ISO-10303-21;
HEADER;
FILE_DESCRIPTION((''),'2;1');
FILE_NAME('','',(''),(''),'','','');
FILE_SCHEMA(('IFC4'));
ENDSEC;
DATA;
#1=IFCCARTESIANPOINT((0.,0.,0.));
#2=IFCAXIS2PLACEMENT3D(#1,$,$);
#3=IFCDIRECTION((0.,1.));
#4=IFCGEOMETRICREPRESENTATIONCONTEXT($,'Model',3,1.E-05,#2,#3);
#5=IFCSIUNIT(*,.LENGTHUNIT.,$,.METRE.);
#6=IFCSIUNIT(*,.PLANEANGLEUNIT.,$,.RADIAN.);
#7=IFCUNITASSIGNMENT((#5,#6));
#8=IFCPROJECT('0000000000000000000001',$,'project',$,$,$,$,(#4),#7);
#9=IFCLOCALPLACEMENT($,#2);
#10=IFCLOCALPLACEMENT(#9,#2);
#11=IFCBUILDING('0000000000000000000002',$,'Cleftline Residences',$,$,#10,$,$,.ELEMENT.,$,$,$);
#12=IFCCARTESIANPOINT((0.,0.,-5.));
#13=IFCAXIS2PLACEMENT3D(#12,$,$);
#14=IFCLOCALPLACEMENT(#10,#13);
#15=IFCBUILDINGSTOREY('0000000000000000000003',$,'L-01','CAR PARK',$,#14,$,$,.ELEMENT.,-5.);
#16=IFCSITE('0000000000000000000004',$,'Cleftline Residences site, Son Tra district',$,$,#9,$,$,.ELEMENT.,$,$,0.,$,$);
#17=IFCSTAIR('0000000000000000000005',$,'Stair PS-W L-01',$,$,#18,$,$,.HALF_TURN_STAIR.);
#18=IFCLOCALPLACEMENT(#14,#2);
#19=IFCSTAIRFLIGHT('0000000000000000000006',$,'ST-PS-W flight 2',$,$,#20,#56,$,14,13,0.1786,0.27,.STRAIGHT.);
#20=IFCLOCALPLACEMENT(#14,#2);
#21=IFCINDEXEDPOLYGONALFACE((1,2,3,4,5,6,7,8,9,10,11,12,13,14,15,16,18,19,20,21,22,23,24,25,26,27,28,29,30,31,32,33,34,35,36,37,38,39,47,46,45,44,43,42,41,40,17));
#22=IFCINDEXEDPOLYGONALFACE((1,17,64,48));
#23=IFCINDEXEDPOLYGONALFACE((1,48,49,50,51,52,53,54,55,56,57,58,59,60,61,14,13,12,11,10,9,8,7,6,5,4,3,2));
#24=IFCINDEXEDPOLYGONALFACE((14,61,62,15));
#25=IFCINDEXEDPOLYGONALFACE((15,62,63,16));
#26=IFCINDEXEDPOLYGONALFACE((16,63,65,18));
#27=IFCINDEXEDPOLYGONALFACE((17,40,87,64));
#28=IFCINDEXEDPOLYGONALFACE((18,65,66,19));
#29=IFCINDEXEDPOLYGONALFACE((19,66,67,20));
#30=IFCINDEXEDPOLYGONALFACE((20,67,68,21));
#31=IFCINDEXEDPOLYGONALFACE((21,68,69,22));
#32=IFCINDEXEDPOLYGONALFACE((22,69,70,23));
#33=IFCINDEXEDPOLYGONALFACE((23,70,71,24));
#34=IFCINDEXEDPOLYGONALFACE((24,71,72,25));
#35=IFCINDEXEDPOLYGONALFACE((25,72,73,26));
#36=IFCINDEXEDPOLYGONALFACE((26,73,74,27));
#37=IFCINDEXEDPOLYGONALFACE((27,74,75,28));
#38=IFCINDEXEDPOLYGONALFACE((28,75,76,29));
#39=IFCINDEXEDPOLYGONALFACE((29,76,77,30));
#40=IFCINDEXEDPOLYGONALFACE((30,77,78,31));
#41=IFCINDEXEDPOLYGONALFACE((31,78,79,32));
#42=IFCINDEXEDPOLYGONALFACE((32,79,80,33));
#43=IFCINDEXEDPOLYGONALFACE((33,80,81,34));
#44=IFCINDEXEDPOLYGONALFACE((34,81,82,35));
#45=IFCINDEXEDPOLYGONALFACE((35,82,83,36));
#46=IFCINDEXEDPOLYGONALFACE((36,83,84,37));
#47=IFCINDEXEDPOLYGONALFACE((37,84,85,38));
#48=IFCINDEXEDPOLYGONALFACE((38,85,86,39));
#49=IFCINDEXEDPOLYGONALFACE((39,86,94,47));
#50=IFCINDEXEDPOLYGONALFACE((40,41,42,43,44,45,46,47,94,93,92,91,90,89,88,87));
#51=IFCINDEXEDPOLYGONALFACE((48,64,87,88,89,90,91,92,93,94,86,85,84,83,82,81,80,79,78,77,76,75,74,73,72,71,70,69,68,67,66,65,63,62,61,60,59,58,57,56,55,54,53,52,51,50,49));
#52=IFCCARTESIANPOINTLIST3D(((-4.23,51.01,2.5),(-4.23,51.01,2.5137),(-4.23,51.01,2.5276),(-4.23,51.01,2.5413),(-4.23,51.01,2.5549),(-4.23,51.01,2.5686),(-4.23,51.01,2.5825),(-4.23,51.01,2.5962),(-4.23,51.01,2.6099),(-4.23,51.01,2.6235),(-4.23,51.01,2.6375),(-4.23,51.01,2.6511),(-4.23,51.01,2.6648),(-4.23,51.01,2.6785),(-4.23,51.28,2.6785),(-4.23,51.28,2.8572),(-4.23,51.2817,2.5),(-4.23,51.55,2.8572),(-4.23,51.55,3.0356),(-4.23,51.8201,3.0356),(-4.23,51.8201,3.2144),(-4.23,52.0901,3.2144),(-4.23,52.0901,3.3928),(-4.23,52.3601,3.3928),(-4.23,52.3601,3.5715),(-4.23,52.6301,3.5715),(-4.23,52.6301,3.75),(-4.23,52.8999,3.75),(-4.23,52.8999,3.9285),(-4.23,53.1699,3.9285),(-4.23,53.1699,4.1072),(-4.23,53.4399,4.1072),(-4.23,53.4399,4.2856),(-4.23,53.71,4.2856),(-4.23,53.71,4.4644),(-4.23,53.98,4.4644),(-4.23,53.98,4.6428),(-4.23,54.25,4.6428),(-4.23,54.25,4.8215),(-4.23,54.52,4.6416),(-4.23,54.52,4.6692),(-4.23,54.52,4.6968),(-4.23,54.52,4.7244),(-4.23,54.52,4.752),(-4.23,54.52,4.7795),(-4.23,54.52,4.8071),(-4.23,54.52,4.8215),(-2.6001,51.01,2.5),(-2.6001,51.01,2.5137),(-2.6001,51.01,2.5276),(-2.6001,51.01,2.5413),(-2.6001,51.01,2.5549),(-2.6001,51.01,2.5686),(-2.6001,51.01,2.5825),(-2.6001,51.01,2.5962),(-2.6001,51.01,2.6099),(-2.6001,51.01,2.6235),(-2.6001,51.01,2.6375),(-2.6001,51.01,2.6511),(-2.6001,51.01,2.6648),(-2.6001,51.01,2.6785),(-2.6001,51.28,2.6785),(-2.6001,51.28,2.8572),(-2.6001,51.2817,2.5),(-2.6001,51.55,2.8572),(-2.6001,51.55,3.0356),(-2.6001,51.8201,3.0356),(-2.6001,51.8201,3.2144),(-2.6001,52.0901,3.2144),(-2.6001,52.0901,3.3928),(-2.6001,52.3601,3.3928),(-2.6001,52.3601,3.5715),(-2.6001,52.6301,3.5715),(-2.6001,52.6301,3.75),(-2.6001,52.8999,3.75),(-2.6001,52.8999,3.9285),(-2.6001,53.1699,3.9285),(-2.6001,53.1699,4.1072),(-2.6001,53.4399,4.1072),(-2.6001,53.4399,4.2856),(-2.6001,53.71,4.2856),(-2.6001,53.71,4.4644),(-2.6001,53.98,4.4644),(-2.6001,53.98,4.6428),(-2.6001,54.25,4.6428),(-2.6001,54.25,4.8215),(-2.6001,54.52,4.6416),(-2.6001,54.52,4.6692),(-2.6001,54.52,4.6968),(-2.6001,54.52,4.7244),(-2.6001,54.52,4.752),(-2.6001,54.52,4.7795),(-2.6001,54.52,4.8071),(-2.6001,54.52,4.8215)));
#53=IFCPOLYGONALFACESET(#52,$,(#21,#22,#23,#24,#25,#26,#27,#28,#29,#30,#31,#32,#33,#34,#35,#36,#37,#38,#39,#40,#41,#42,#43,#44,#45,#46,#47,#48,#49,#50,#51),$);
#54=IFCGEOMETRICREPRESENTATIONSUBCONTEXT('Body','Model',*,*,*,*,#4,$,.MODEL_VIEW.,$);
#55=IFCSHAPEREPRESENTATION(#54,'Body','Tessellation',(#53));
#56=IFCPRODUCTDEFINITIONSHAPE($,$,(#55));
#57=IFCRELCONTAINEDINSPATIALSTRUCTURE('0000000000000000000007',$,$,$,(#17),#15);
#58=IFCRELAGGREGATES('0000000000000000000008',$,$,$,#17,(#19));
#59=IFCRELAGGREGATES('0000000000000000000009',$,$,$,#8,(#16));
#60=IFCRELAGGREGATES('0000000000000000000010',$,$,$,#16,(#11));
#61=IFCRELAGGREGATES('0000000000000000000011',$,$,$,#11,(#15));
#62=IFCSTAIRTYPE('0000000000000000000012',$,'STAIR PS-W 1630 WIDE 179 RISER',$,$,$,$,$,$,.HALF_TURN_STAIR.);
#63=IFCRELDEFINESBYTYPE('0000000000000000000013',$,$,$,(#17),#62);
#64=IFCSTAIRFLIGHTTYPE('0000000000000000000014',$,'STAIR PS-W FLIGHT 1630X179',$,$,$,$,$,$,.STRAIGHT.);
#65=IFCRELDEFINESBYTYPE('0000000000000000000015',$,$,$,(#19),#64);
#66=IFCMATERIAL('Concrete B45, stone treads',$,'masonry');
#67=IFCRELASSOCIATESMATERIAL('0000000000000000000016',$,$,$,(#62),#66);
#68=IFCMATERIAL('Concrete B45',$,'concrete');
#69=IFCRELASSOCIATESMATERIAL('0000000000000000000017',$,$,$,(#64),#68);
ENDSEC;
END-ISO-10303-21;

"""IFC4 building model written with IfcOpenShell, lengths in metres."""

from ifc_helpers import new_model, si_unit, direction, frame, origin, place, context, subcontext, project, spatial, polyline, outline, extrude, material, type_object, element, aggregate, save


model = new_model("IFC4")

# Units and contexts
model_context = context("Model", 3, precision=1e-05, world=origin(), true_north=direction((0.0, 1.0)))
body_context = subcontext(model_context, "Body", "Model", "MODEL_VIEW")
ifc_project = project(units=[si_unit("LENGTHUNIT", "METRE"), si_unit("PLANEANGLEUNIT", "RADIAN")], contexts=[model_context])

# Site, building, storey
site_placement = place(None, origin())
site = spatial("IfcSite", under=ifc_project, at=site_placement, Name="Cleftline Residences site, Son Tra district", CompositionType="ELEMENT", RefElevation=0.0)
building_placement = place(site_placement, origin())
building = spatial("IfcBuilding", under=site, at=building_placement, Name="Cleftline Residences", CompositionType="ELEMENT")
storey_placement = place(building_placement, frame((0.0, 0.0, -5.0)))
storey = spatial("IfcBuildingStorey", under=building, at=storey_placement, Name="L-01", Description="CAR PARK", CompositionType="ELEMENT", Elevation=-5.0)

# Stair, stair flight
ifc_material_1 = material(Name="Concrete B45, stone treads", Category="masonry")
stair_type = type_object("IfcStairType", Name="STAIR PS-W 1630 WIDE 179 RISER", PredefinedType="HALF_TURN_STAIR", material=ifc_material_1)
stair_placement = place(storey_placement, origin())
stair = element("IfcStair", 1, at=stair_placement, inside=storey, type_object=stair_type, Name="Stair PS-W L-01", PredefinedType="HALF_TURN_STAIR")
ifc_material_2 = material(Name="Concrete B45", Category="concrete")
stair_flight_type = type_object("IfcStairFlightType", Name="STAIR PS-W FLIGHT 1630X179", PredefinedType="STRAIGHT", material=ifc_material_2)
stair_flight_1_placement = place(storey_placement, frame((-3.415, 51.01, 2.5), z_axis=(0.0, 0.0, 1.0), x_axis=(0.0, 1.0, 0.0)))
stair_flight_1 = element("IfcStairFlight", 2, at=stair_flight_1_placement, type_object=stair_flight_type, Name="ST-PS-W flight 2", NumberOfRisers=14, NumberOfTreads=13, PredefinedType="STRAIGHT", RiserHeight=0.1786, TreadLength=0.27, context=body_context, shape_type="SweptSolid", body=[
    extrude(outline(polyline([(0.0, 0.0), (0.0, 0.0137), (0.0, 0.0276), (0.0, 0.0413), (0.0, 0.0549), (0.0, 0.0686), (0.0, 0.0825), (0.0, 0.0962), (0.0, 0.1099), (0.0, 0.1235), (0.0, 0.1375), (0.0, 0.1511), (0.0, 0.1648), (0.0, 0.1785), (0.27, 0.1785), (0.27, 0.3572), (0.54, 0.3572), (0.54, 0.5356), (0.8101, 0.5356), (0.8101, 0.7144), (1.0801, 0.7144), (1.0801, 0.8928), (1.3501, 0.8928), (1.3501, 1.0715), (1.6201, 1.0715), (1.6201, 1.25), (1.8899, 1.25), (1.8899, 1.4285), (2.1599, 1.4285), (2.1599, 1.6072), (2.4299, 1.6072), (2.4299, 1.7856), (2.7, 1.7856), (2.7, 1.9644), (2.97, 1.9644), (2.97, 2.1428), (3.24, 2.1428), (3.24, 2.3215), (3.51, 2.3215), (3.51, 2.5), (3.51, 2.4724), (3.51, 2.4448), (3.51, 2.4172), (3.51, 2.3896), (3.51, 2.3623), (3.51, 2.3347), (3.51, 2.3071), (3.51, 2.2795), (3.51, 2.252), (3.51, 2.2244), (3.51, 2.1968), (3.51, 2.1692), (3.51, 2.1416), (0.2717, 0.0), (0.0, 0.0)])), frame((0.0, 0.8149, 0.0), z_axis=(0.0, -1.0, 0.0), x_axis=(1.0, 0.0, 0.0)), (0.0, 0.0, 1.0), 1.6299),
])
aggregate(stair, [stair_flight_1])

save(model, "model.ifc")
